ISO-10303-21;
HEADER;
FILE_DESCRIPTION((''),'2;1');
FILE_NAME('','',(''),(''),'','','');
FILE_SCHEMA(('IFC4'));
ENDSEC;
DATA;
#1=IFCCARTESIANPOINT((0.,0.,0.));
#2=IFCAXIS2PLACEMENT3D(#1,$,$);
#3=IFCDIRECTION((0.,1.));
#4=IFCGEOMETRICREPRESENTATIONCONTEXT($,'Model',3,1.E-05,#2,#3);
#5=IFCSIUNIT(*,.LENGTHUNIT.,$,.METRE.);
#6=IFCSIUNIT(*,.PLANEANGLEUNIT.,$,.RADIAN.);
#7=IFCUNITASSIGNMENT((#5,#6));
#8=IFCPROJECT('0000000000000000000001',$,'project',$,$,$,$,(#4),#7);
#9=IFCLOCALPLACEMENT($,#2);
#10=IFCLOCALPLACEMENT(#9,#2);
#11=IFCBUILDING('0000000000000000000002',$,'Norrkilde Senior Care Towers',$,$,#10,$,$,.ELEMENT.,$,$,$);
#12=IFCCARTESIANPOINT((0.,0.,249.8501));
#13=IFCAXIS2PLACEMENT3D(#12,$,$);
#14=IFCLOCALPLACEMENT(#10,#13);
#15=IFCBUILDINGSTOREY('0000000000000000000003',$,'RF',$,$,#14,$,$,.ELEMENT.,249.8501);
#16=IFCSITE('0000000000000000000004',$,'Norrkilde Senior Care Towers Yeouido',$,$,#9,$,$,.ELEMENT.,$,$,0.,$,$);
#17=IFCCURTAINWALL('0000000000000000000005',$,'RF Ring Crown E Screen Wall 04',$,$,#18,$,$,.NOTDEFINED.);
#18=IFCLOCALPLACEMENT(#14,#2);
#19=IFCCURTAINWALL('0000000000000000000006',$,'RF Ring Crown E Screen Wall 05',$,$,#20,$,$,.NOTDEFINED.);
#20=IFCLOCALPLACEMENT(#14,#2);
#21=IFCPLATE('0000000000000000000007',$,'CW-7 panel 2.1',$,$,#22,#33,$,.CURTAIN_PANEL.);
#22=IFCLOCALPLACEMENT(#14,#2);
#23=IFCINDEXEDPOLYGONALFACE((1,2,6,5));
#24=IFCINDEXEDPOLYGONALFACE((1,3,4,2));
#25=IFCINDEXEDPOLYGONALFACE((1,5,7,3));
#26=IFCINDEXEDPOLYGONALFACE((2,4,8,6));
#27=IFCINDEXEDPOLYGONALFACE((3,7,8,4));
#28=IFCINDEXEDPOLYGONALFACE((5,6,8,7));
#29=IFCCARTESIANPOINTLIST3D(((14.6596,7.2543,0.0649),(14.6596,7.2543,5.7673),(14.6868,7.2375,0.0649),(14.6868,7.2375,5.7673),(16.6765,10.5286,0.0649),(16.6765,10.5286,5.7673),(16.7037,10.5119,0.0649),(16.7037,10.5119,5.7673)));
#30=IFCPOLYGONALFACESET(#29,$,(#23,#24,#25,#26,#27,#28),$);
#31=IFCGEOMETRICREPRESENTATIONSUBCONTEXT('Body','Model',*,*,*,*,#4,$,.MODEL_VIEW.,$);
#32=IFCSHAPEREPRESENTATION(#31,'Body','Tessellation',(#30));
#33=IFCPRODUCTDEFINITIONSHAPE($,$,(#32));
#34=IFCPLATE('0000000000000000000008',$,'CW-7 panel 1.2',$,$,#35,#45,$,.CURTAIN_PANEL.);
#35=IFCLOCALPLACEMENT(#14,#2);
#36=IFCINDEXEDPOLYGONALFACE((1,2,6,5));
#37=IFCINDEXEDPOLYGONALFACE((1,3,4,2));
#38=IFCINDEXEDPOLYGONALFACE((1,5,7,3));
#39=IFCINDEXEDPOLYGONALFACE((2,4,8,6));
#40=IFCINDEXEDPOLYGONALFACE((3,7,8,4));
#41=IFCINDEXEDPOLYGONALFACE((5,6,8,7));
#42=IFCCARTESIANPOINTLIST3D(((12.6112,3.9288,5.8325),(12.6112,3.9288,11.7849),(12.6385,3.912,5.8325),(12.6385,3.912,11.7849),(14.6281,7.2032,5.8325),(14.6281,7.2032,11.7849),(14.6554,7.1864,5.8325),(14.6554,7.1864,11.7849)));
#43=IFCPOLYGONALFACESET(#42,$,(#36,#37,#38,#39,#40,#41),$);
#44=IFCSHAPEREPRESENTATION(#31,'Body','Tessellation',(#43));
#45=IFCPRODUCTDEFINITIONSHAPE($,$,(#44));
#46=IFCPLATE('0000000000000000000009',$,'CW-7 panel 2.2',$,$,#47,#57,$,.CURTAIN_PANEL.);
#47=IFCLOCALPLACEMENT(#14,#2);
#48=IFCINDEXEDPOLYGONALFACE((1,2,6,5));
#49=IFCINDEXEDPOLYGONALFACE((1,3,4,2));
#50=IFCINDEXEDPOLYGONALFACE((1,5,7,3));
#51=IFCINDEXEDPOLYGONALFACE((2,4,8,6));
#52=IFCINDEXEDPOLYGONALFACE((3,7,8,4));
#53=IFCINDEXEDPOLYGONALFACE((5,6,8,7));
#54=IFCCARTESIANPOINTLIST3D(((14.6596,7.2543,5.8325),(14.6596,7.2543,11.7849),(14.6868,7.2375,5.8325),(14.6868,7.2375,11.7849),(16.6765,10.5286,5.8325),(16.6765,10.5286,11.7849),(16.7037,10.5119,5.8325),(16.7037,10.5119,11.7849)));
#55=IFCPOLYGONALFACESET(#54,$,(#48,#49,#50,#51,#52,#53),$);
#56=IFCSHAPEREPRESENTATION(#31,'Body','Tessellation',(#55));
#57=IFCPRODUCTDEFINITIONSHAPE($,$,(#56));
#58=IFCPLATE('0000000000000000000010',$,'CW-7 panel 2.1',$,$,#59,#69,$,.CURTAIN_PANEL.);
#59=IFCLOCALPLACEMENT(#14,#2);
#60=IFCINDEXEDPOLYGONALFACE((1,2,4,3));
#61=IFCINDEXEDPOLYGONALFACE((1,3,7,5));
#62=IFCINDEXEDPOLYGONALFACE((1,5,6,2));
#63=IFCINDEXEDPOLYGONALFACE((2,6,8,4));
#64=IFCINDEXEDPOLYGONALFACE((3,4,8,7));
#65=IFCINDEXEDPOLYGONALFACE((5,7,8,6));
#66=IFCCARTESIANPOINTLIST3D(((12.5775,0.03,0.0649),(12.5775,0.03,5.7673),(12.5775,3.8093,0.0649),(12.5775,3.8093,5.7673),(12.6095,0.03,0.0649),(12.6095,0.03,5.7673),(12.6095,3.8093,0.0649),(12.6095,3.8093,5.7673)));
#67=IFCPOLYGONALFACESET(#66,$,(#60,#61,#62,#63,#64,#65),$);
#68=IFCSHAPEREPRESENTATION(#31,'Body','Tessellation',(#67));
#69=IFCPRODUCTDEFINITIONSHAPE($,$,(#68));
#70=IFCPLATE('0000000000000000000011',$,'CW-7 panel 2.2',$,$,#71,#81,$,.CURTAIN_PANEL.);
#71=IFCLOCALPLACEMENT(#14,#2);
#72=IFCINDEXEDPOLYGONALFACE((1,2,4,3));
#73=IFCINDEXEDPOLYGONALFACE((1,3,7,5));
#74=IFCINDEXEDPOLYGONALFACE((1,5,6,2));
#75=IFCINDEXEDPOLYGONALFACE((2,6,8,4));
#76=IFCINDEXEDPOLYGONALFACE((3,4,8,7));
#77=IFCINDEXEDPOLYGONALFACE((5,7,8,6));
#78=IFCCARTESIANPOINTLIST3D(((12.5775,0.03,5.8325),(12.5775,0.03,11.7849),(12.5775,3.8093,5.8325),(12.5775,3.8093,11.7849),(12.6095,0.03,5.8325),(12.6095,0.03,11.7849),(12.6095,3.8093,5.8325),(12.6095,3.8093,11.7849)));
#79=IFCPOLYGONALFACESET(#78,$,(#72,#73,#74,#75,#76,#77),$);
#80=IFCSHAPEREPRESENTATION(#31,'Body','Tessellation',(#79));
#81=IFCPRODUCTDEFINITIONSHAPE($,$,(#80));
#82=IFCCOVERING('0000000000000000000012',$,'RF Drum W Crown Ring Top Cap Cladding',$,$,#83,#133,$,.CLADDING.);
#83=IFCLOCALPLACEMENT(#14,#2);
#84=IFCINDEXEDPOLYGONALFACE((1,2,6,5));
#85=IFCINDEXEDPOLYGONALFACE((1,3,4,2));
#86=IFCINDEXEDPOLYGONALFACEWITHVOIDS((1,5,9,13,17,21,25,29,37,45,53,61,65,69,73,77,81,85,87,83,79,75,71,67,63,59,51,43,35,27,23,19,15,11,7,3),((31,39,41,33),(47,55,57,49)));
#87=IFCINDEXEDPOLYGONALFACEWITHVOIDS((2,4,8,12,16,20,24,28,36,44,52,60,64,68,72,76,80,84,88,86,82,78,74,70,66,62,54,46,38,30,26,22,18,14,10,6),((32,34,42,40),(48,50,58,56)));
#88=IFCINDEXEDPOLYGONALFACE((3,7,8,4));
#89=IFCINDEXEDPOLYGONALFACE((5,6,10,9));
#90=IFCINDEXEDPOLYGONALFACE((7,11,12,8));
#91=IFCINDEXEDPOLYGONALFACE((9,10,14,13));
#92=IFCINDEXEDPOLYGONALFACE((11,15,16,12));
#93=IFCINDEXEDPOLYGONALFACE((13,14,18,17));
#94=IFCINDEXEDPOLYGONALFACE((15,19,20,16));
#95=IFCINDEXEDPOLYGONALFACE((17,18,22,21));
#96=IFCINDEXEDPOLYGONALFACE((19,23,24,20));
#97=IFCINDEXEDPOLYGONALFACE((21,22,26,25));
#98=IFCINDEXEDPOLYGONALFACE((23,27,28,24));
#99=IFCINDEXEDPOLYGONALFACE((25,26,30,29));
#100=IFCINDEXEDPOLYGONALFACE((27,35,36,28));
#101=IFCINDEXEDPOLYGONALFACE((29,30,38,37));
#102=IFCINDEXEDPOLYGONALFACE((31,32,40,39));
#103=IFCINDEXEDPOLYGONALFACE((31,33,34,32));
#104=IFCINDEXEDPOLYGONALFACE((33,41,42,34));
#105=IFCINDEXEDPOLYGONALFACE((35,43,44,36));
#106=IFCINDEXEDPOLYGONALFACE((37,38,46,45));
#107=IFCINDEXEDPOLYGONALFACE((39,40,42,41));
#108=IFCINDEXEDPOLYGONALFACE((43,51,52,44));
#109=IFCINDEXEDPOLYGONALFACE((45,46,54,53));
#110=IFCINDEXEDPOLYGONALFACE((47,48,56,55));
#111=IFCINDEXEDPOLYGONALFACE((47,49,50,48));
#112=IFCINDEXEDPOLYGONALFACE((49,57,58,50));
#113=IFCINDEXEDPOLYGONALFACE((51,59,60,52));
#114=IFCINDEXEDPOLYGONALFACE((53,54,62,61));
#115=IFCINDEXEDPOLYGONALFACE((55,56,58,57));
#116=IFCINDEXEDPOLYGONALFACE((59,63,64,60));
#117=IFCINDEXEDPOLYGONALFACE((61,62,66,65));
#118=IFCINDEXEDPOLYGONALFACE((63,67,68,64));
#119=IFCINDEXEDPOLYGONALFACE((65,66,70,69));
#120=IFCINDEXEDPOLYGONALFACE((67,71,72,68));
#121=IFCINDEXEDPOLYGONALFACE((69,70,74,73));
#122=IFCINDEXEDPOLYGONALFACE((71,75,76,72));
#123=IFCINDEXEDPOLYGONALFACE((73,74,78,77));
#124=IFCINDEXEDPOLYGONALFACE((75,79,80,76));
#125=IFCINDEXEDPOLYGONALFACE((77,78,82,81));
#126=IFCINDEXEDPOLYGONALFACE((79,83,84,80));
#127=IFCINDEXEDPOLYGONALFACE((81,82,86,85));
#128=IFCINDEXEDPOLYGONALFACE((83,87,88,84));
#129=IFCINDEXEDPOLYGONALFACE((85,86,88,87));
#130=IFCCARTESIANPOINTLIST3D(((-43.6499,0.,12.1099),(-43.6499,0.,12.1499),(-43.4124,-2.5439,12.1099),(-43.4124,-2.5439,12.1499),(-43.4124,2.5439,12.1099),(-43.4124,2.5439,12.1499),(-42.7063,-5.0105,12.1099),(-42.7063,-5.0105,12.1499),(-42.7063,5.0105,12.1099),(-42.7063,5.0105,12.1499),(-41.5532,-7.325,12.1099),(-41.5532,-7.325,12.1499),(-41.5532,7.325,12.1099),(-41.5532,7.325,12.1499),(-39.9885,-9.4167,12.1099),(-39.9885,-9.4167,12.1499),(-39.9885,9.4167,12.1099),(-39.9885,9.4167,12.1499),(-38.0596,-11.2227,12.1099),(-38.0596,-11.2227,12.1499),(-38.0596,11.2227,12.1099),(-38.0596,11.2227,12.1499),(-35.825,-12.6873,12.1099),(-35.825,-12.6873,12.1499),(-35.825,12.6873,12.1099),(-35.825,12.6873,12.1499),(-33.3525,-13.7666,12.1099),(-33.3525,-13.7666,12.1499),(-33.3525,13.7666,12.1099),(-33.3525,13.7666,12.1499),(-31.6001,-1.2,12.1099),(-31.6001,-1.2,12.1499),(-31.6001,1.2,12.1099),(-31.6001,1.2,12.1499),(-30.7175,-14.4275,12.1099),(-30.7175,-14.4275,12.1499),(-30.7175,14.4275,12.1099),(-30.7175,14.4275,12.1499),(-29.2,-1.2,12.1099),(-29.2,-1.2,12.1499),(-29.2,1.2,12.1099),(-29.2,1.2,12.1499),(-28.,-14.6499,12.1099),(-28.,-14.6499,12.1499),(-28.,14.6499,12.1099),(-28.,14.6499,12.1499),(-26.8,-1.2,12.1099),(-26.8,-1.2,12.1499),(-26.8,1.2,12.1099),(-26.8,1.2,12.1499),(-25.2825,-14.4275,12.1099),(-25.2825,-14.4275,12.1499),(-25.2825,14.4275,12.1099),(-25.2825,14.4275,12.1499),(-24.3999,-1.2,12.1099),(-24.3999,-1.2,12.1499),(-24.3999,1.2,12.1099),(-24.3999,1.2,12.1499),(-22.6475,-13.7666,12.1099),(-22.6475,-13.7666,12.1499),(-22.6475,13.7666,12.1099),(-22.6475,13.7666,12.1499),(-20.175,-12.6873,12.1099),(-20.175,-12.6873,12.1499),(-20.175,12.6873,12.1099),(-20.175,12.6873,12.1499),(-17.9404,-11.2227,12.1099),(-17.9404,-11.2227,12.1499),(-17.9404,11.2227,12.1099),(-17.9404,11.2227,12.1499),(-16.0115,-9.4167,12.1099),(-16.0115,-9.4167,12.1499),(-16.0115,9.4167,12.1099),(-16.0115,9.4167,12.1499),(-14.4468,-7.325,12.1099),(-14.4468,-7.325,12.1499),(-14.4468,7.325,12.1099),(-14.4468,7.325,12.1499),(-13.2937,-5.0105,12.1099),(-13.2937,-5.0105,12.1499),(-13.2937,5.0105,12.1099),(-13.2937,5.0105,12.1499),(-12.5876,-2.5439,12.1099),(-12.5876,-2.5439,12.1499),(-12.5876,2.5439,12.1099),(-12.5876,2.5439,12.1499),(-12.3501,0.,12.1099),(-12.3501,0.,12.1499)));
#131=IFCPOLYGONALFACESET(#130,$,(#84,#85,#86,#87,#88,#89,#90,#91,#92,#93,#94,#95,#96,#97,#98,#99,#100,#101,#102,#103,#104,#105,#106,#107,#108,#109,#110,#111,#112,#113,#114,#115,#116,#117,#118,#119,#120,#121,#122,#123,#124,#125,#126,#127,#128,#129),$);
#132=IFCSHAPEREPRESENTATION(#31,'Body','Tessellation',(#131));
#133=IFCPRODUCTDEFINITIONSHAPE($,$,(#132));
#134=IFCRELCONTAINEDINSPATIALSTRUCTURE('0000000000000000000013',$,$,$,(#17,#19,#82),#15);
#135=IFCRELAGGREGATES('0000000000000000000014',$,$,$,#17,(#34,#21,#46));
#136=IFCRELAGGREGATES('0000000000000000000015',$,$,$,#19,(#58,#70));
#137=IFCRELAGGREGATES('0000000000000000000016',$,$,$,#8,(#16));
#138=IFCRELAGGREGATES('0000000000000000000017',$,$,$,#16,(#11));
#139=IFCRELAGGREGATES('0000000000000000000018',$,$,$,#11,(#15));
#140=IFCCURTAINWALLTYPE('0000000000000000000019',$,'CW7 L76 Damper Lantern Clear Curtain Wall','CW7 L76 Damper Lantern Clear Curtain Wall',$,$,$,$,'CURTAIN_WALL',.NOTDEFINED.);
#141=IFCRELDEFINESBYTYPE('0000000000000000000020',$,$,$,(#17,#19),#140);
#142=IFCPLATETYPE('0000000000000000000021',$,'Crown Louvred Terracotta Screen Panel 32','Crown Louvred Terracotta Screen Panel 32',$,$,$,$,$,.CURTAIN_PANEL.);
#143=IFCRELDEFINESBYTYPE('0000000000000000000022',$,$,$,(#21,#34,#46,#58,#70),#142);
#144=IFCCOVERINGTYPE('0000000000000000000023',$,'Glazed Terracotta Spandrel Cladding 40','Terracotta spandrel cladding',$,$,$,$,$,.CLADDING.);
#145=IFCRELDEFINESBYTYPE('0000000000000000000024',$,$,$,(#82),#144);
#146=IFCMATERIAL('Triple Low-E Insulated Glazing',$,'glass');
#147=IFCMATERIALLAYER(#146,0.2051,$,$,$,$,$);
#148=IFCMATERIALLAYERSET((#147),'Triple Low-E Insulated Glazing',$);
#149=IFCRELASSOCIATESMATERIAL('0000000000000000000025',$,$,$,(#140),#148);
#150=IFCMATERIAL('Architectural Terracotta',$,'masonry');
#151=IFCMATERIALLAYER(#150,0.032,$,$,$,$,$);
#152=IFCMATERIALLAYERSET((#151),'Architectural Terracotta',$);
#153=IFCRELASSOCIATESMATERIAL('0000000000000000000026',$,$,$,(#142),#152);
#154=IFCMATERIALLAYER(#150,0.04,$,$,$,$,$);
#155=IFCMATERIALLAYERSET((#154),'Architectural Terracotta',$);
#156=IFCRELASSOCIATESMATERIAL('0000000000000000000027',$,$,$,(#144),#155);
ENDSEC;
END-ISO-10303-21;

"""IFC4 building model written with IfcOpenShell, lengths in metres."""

from ifc_helpers import new_model, si_unit, direction, frame, origin, origin_2d, place, context, subcontext, project, spatial, polyline, rectangle, outline, extrude, source, transform, mapped, material, layer, layer_set, type_object, type_shapes, element, aggregate, save


model = new_model("IFC4")

# Units and contexts
model_context = context("Model", 3, precision=1e-05, world=origin(), true_north=direction((0.0, 1.0)))
body_context = subcontext(model_context, "Body", "Model", "MODEL_VIEW")
ifc_project = project(units=[si_unit("LENGTHUNIT", "METRE"), si_unit("PLANEANGLEUNIT", "RADIAN")], contexts=[model_context])

# Site, building, storey
site_placement = place(None, origin())
site = spatial("IfcSite", under=ifc_project, at=site_placement, Name="Norrkilde Senior Care Towers Yeouido", CompositionType="ELEMENT", RefElevation=0.0)
building_placement = place(site_placement, origin())
building = spatial("IfcBuilding", under=site, at=building_placement, Name="Norrkilde Senior Care Towers", CompositionType="ELEMENT")
storey_placement = place(building_placement, frame((0.0, 0.0, 249.8501)))
storey = spatial("IfcBuildingStorey", under=building, at=storey_placement, Name="RF", CompositionType="ELEMENT", Elevation=249.8501)

# Curtain walls
ifc_material_1 = material(Name="Triple Low-E Insulated Glazing", Category="glass")
ifc_layer_1 = layer(ifc_material_1, 0.2051)
ifc_layer_set_1 = layer_set([ifc_layer_1], Name="Triple Low-E Insulated Glazing")
curtain_wall_type = type_object("IfcCurtainWallType", Name="CW7 L76 Damper Lantern Clear Curtain Wall", Description="CW7 L76 Damper Lantern Clear Curtain Wall", ElementType="CURTAIN_WALL", PredefinedType="NOTDEFINED", material=ifc_layer_set_1)
curtain_wall_1_placement = place(storey_placement, origin())
curtain_wall_1 = element("IfcCurtainWall", 1, at=curtain_wall_1_placement, inside=storey, type_object=curtain_wall_type, Name="RF Ring Crown E Screen Wall 04", PredefinedType="NOTDEFINED")
curtain_wall_2_placement = place(storey_placement, origin())
curtain_wall_2 = element("IfcCurtainWall", 2, at=curtain_wall_2_placement, inside=storey, type_object=curtain_wall_type, Name="RF Ring Crown E Screen Wall 05", PredefinedType="NOTDEFINED")

# Plates
ifc_material_2 = material(Name="Architectural Terracotta", Category="masonry")
ifc_layer_2 = layer(ifc_material_2, 0.032)
ifc_layer_set_2 = layer_set([ifc_layer_2], Name="Architectural Terracotta")
plate_type = type_object("IfcPlateType", Name="Crown Louvred Terracotta Screen Panel 32", Description="Crown Louvred Terracotta Screen Panel 32", PredefinedType="CURTAIN_PANEL", material=ifc_layer_set_2)
shared_shape_1 = source(origin(), body_context, "Body", "SweptSolid", [
    extrude(rectangle(XDim=3.8457, YDim=0.032, at=origin_2d()), origin(), (0.0, 0.0, 1.0), 5.7024),
])
plate_1_placement = place(storey_placement, frame((15.6816, 8.8831, 0.0649), z_axis=(0.0, 0.0, 1.0), x_axis=(0.524458, 0.851436, 0.0)))
plate_1 = element("IfcPlate", 3, at=plate_1_placement, type_object=plate_type, Name="CW-7 panel 2.1", PredefinedType="CURTAIN_PANEL", context=body_context, shape_type="MappedRepresentation", body=[
    mapped(shared_shape_1, transform((0.0, 0.0, 0.0), x_axis=(1.0, 0.0, 0.0), y_axis=(0.0, 1.0, 0.0), z_axis=(0.0, 0.0, 1.0), scale=1.0)),
])
shared_shape_2 = source(origin(), body_context, "Body", "SweptSolid", [
    extrude(rectangle(XDim=3.8457, YDim=0.032, at=origin_2d()), origin(), (0.0, 0.0, 1.0), 5.9524),
])
plate_2_placement = place(storey_placement, frame((13.6333, 5.5576, 5.8325), z_axis=(0.0, 0.0, 1.0), x_axis=(0.524458, 0.851436, 0.0)))
plate_2 = element("IfcPlate", 4, at=plate_2_placement, type_object=plate_type, Name="CW-7 panel 1.2", PredefinedType="CURTAIN_PANEL", context=body_context, shape_type="MappedRepresentation", body=[
    mapped(shared_shape_2, transform((0.0, 0.0, 0.0), x_axis=(1.0, 0.0, 0.0), y_axis=(0.0, 1.0, 0.0), z_axis=(0.0, 0.0, 1.0), scale=1.0)),
])
plate_3_placement = place(storey_placement, frame((15.6816, 8.8831, 5.8325), z_axis=(0.0, 0.0, 1.0), x_axis=(0.524458, 0.851436, 0.0)))
plate_3 = element("IfcPlate", 5, at=plate_3_placement, type_object=plate_type, Name="CW-7 panel 2.2", PredefinedType="CURTAIN_PANEL", context=body_context, shape_type="MappedRepresentation", body=[
    mapped(shared_shape_2, transform((0.0, 0.0, 0.0), x_axis=(1.0, 0.0, 0.0), y_axis=(0.0, 1.0, 0.0), z_axis=(0.0, 0.0, 1.0), scale=1.0)),
])
aggregate(curtain_wall_1, [plate_2, plate_1, plate_3])
shared_shape_3 = source(origin(), body_context, "Body", "SweptSolid", [
    extrude(rectangle(XDim=3.7793, YDim=0.032, at=origin_2d()), origin(), (0.0, 0.0, 1.0), 5.7024),
])
plate_4_placement = place(storey_placement, frame((12.5935, 1.9197, 0.0649), z_axis=(0.0, 0.0, 1.0), x_axis=(0.0, 1.0, 0.0)))
plate_4 = element("IfcPlate", 6, at=plate_4_placement, type_object=plate_type, Name="CW-7 panel 2.1", PredefinedType="CURTAIN_PANEL", context=body_context, shape_type="MappedRepresentation", body=[
    mapped(shared_shape_3, transform((0.0, 0.0, 0.0), x_axis=(1.0, 0.0, 0.0), y_axis=(0.0, 1.0, 0.0), z_axis=(0.0, 0.0, 1.0), scale=1.0)),
])
shared_shape_4 = source(origin(), body_context, "Body", "SweptSolid", [
    extrude(rectangle(XDim=3.7793, YDim=0.032, at=origin_2d()), origin(), (0.0, 0.0, 1.0), 5.9524),
])
type_shapes(plate_type, [shared_shape_1, shared_shape_2, shared_shape_3, shared_shape_4])
plate_5_placement = place(storey_placement, frame((12.5935, 1.9197, 5.8325), z_axis=(0.0, 0.0, 1.0), x_axis=(0.0, 1.0, 0.0)))
plate_5 = element("IfcPlate", 7, at=plate_5_placement, type_object=plate_type, Name="CW-7 panel 2.2", PredefinedType="CURTAIN_PANEL", context=body_context, shape_type="MappedRepresentation", body=[
    mapped(shared_shape_4, transform((0.0, 0.0, 0.0), x_axis=(1.0, 0.0, 0.0), y_axis=(0.0, 1.0, 0.0), z_axis=(0.0, 0.0, 1.0), scale=1.0)),
])
aggregate(curtain_wall_2, [plate_4, plate_5])

# Covering
ifc_layer_3 = layer(ifc_material_2, 0.04)
ifc_layer_set_3 = layer_set([ifc_layer_3], Name="Architectural Terracotta")
covering_type = type_object("IfcCoveringType", Name="Glazed Terracotta Spandrel Cladding 40", Description="Terracotta spandrel cladding", PredefinedType="CLADDING", material=ifc_layer_set_3)
covering_1_placement = place(storey_placement, frame((0.0, 0.0, 12.1099)))
element("IfcCovering", 8, at=covering_1_placement, inside=storey, type_object=covering_type, Name="RF Drum W Crown Ring Top Cap Cladding", PredefinedType="CLADDING", context=body_context, shape_type="SweptSolid", body=[
    extrude(outline(polyline([(-12.3501, 0.0), (-12.5876, 2.5439), (-13.2937, 5.0105), (-14.4468, 7.325), (-16.0115, 9.4167), (-17.9404, 11.2227), (-20.175, 12.6873), (-22.6475, 13.7666), (-25.2825, 14.4275), (-28.0, 14.6499), (-30.7175, 14.4275), (-33.3525, 13.7666), (-35.825, 12.6873), (-38.0596, 11.2227), (-39.9885, 9.4167), (-41.5532, 7.325), (-42.7063, 5.0105), (-43.4124, 2.5439), (-43.6499, 0.0), (-43.4124, -2.5439), (-42.7063, -5.0105), (-41.5532, -7.325), (-39.9885, -9.4167), (-38.0596, -11.2227), (-35.825, -12.6873), (-33.3525, -13.7666), (-30.7175, -14.4275), (-28.0, -14.6499), (-25.2825, -14.4275), (-22.6475, -13.7666), (-20.175, -12.6873), (-17.9404, -11.2227), (-16.0115, -9.4167), (-14.4468, -7.325), (-13.2937, -5.0105), (-12.5876, -2.5439), (-12.3501, 0.0)]), holes=[polyline([(-31.6001, -1.2), (-29.2, -1.2), (-29.2, 1.2), (-31.6001, 1.2), (-31.6001, -1.2)]), polyline([(-26.8, -1.2), (-24.3999, -1.2), (-24.3999, 1.2), (-26.8, 1.2), (-26.8, -1.2)])]), origin(), (0.0, 0.0, 1.0), 0.04),
])

save(model, "model.ifc")
